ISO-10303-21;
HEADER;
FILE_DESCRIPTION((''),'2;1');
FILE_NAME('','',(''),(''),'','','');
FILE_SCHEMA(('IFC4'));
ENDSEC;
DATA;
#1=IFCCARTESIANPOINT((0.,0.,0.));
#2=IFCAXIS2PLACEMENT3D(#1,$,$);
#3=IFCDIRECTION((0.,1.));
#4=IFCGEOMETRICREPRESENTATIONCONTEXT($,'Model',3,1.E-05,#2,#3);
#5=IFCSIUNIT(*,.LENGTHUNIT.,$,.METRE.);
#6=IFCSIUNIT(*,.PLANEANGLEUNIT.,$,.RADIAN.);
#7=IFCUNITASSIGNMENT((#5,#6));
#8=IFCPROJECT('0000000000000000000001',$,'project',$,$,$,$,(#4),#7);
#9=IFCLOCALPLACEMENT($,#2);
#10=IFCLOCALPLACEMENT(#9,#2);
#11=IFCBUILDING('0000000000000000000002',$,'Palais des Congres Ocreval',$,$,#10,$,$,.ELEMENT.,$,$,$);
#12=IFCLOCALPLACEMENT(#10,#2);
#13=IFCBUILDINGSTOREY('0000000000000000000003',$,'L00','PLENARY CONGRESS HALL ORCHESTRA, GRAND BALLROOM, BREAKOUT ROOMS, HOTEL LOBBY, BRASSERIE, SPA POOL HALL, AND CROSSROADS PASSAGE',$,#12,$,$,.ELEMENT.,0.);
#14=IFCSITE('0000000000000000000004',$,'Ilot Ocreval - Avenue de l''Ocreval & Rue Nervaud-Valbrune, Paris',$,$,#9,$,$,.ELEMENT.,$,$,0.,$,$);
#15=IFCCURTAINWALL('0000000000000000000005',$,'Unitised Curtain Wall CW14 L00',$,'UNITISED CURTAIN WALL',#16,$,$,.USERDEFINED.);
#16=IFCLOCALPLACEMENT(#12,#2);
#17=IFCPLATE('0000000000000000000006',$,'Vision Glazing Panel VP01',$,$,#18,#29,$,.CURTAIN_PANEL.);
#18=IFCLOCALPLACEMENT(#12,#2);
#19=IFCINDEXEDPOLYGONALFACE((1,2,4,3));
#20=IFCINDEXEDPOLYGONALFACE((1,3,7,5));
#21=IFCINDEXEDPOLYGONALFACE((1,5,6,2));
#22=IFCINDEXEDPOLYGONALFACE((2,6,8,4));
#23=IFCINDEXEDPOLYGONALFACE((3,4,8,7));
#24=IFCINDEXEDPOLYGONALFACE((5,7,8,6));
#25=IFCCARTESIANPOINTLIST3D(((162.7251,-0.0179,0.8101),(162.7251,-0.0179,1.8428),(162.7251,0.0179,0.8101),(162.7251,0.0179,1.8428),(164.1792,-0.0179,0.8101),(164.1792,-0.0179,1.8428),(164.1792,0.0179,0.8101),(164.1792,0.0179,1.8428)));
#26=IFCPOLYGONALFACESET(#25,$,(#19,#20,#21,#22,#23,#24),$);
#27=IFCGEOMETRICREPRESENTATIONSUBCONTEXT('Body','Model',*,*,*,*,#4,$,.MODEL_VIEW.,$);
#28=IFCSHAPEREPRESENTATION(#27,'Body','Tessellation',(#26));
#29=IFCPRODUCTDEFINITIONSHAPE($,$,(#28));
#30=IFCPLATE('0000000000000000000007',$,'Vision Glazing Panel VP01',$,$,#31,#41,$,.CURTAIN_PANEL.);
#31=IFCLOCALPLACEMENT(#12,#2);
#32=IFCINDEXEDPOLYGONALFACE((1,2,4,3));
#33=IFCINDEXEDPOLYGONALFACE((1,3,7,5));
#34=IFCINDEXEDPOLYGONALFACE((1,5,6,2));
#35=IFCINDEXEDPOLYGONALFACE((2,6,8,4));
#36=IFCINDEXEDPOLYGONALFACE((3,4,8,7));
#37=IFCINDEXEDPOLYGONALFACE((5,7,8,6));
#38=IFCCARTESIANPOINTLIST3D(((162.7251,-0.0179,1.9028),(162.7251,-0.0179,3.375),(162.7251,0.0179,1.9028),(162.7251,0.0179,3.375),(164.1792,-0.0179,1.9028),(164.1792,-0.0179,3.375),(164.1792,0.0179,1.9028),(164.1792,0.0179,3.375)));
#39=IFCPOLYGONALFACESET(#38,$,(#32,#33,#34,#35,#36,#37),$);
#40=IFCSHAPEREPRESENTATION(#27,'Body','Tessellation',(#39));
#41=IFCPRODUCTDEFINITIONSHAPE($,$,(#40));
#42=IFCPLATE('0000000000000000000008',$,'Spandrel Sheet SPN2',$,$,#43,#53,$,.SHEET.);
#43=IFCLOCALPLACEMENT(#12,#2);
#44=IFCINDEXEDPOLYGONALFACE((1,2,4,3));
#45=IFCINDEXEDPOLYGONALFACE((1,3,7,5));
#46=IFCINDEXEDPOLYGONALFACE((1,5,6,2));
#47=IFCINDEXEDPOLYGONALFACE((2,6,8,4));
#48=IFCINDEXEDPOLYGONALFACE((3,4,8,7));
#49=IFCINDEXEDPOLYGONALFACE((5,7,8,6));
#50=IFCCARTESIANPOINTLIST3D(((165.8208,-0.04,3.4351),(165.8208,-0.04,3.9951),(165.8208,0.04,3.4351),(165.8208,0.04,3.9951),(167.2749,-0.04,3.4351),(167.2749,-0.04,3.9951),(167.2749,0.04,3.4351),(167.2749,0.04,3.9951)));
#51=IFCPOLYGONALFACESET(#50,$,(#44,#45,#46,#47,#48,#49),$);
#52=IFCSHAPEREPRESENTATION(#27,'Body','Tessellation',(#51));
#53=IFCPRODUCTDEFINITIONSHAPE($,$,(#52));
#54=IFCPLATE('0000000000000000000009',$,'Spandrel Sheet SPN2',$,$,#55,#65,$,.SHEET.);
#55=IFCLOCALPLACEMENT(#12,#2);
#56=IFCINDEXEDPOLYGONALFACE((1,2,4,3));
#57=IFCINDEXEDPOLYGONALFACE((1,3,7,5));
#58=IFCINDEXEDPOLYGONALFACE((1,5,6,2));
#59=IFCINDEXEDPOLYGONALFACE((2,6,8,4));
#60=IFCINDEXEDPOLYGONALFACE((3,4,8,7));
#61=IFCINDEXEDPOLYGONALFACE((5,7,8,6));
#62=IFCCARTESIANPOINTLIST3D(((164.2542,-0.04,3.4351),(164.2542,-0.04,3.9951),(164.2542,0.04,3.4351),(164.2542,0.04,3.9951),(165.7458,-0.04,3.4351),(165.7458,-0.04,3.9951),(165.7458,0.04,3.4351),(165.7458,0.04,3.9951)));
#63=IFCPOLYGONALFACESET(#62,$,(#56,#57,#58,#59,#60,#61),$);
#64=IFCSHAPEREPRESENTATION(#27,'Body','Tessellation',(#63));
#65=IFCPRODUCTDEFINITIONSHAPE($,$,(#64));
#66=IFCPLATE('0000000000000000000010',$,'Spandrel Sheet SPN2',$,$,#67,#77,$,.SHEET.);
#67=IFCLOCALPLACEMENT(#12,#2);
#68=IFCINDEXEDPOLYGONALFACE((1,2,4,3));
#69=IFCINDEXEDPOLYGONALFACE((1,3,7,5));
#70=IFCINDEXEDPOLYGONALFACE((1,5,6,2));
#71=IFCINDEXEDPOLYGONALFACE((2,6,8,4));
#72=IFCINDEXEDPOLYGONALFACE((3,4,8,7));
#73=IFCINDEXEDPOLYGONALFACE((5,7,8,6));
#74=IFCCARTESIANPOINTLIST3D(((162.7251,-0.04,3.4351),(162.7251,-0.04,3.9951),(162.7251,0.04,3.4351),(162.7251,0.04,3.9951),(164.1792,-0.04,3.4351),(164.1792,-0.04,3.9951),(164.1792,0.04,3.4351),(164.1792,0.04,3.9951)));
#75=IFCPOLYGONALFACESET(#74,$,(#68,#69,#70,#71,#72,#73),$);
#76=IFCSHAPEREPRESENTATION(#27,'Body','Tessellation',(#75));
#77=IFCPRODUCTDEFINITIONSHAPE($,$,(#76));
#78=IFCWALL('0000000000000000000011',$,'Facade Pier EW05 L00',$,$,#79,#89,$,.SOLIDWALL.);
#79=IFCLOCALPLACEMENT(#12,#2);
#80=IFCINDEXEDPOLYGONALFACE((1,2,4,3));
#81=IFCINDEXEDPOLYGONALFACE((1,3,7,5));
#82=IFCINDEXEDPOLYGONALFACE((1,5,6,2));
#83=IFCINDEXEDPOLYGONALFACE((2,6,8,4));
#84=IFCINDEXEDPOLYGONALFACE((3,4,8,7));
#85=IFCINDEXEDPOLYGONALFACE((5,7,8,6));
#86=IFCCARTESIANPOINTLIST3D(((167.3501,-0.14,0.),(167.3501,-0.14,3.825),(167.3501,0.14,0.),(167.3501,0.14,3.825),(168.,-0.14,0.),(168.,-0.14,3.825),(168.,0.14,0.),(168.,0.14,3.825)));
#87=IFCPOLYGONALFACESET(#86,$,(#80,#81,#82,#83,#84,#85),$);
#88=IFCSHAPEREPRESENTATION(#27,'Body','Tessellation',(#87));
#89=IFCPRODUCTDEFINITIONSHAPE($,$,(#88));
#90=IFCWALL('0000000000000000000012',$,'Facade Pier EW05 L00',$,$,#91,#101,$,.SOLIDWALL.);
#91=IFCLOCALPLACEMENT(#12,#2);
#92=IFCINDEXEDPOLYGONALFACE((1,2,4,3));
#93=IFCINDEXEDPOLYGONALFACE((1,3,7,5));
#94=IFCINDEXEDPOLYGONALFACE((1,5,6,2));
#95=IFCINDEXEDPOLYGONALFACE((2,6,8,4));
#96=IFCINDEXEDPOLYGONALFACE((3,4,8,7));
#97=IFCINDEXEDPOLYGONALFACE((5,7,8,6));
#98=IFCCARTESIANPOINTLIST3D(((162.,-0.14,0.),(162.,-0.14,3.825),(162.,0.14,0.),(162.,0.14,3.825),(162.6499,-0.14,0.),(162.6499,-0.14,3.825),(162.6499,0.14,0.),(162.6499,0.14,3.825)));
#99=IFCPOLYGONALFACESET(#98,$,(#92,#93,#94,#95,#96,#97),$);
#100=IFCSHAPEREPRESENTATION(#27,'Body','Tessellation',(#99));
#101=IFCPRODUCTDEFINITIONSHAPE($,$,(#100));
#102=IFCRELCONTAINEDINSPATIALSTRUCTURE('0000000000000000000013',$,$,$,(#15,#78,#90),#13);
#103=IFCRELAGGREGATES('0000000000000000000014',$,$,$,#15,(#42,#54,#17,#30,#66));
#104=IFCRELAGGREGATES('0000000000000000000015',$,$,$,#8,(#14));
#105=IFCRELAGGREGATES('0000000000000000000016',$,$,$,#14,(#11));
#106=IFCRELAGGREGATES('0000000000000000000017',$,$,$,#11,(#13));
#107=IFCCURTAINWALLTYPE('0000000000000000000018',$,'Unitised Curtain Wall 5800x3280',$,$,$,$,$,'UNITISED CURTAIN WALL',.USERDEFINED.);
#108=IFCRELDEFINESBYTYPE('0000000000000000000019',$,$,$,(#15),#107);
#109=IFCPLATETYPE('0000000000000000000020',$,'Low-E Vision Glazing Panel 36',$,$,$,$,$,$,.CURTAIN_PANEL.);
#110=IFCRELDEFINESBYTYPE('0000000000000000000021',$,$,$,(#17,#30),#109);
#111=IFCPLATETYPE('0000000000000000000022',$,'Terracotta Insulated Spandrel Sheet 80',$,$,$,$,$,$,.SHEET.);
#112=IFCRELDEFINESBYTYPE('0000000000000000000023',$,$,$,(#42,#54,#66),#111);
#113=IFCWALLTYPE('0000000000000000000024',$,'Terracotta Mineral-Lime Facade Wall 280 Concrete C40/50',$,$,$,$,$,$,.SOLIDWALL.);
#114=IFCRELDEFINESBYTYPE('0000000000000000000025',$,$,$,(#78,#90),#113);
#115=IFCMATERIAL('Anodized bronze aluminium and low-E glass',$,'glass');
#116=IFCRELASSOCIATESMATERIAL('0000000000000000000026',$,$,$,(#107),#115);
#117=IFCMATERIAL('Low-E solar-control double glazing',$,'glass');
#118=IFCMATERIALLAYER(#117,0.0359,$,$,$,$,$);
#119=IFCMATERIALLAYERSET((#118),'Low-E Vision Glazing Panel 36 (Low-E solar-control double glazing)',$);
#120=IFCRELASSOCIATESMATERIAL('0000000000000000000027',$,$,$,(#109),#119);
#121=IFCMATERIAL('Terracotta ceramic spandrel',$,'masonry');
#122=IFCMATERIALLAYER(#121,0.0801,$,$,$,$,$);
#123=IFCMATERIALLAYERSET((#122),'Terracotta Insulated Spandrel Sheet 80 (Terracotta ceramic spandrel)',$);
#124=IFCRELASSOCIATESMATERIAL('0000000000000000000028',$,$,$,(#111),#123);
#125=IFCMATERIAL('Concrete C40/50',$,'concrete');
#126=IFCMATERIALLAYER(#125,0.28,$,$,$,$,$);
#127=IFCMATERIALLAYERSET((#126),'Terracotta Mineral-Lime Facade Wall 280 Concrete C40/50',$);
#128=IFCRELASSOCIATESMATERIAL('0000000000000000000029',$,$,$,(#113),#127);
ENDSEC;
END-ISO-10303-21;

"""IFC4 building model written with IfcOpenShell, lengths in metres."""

from ifc_helpers import new_model, si_unit, direction, frame, frame_2d, origin, origin_2d, place, context, subcontext, project, spatial, rectangle, extrude, material, layer, layer_set, type_object, element, aggregate, save


model = new_model("IFC4")

# Units and contexts
model_context = context("Model", 3, precision=1e-05, world=origin(), true_north=direction((0.0, 1.0)))
body_context = subcontext(model_context, "Body", "Model", "MODEL_VIEW")
ifc_project = project(units=[si_unit("LENGTHUNIT", "METRE"), si_unit("PLANEANGLEUNIT", "RADIAN")], contexts=[model_context])

# Site, building, storey
site_placement = place(None, origin())
site = spatial("IfcSite", under=ifc_project, at=site_placement, Name="Ilot Ocreval - Avenue de l'Ocreval & Rue Nervaud-Valbrune, Paris", CompositionType="ELEMENT", RefElevation=0.0)
building_placement = place(site_placement, origin())
building = spatial("IfcBuilding", under=site, at=building_placement, Name="Palais des Congres Ocreval", CompositionType="ELEMENT")
storey_placement = place(building_placement, origin())
storey = spatial("IfcBuildingStorey", under=building, at=storey_placement, Name="L00", Description="PLENARY CONGRESS HALL ORCHESTRA, GRAND BALLROOM, BREAKOUT ROOMS, HOTEL LOBBY, BRASSERIE, SPA POOL HALL, AND CROSSROADS PASSAGE", CompositionType="ELEMENT", Elevation=0.0)

# Curtain wall
ifc_material_1 = material(Name="Anodized bronze aluminium and low-E glass", Category="glass")
curtain_wall_type = type_object("IfcCurtainWallType", Name="Unitised Curtain Wall 5800x3280", ElementType="UNITISED CURTAIN WALL", PredefinedType="USERDEFINED", material=ifc_material_1)
curtain_wall_placement = place(storey_placement, origin())
curtain_wall = element("IfcCurtainWall", 1, at=curtain_wall_placement, inside=storey, type_object=curtain_wall_type, Name="Unitised Curtain Wall CW14 L00", ObjectType="UNITISED CURTAIN WALL", PredefinedType="USERDEFINED")

# Plates
ifc_material_2 = material(Name="Low-E solar-control double glazing", Category="glass")
ifc_layer_1 = layer(ifc_material_2, 0.0359)
ifc_layer_set_1 = layer_set([ifc_layer_1], Name="Low-E Vision Glazing Panel 36 (Low-E solar-control double glazing)")
plate_type_1 = type_object("IfcPlateType", Name="Low-E Vision Glazing Panel 36", PredefinedType="CURTAIN_PANEL", material=ifc_layer_set_1)
plate_1_placement = place(storey_placement, frame((163.4521, 0.0, 0.8101), z_axis=(0.0, 0.0, 1.0), x_axis=(-1.0, 0.0, 0.0)))
plate_1 = element("IfcPlate", 2, at=plate_1_placement, type_object=plate_type_1, Name="Vision Glazing Panel VP01", PredefinedType="CURTAIN_PANEL", context=body_context, shape_type="SweptSolid", body=[
    extrude(rectangle(XDim=1.4541, YDim=0.0359, at=origin_2d()), origin(), (0.0, 0.0, 1.0), 1.0327),
])
plate_2_placement = place(storey_placement, frame((163.4521, 0.0, 1.9028), z_axis=(0.0, 0.0, 1.0), x_axis=(-1.0, 0.0, 0.0)))
plate_2 = element("IfcPlate", 3, at=plate_2_placement, type_object=plate_type_1, Name="Vision Glazing Panel VP01", PredefinedType="CURTAIN_PANEL", context=body_context, shape_type="SweptSolid", body=[
    extrude(rectangle(XDim=1.4541, YDim=0.0359, at=origin_2d()), origin(), (0.0, 0.0, 1.0), 1.4722),
])
ifc_material_3 = material(Name="Terracotta ceramic spandrel", Category="masonry")
ifc_layer_2 = layer(ifc_material_3, 0.0801)
ifc_layer_set_2 = layer_set([ifc_layer_2], Name="Terracotta Insulated Spandrel Sheet 80 (Terracotta ceramic spandrel)")
plate_type_2 = type_object("IfcPlateType", Name="Terracotta Insulated Spandrel Sheet 80", PredefinedType="SHEET", material=ifc_layer_set_2)
plate_3_placement = place(storey_placement, frame((166.5479, 0.0, 3.4351), z_axis=(0.0, 0.0, 1.0), x_axis=(-1.0, 0.0, 0.0)))
plate_3 = element("IfcPlate", 4, at=plate_3_placement, type_object=plate_type_2, Name="Spandrel Sheet SPN2", PredefinedType="SHEET", context=body_context, shape_type="SweptSolid", body=[
    extrude(rectangle(XDim=1.4541, YDim=0.0801, at=origin_2d()), origin(), (0.0, 0.0, 1.0), 0.5601),
])
plate_4_placement = place(storey_placement, frame((165.0, 0.0, 3.4351), z_axis=(0.0, 0.0, 1.0), x_axis=(-1.0, 0.0, 0.0)))
plate_4 = element("IfcPlate", 5, at=plate_4_placement, type_object=plate_type_2, Name="Spandrel Sheet SPN2", PredefinedType="SHEET", context=body_context, shape_type="SweptSolid", body=[
    extrude(rectangle(XDim=1.4917, YDim=0.0801, at=origin_2d()), origin(), (0.0, 0.0, 1.0), 0.5601),
])
plate_5_placement = place(storey_placement, frame((163.4521, 0.0, 3.4351), z_axis=(0.0, 0.0, 1.0), x_axis=(-1.0, 0.0, 0.0)))
plate_5 = element("IfcPlate", 6, at=plate_5_placement, type_object=plate_type_2, Name="Spandrel Sheet SPN2", PredefinedType="SHEET", context=body_context, shape_type="SweptSolid", body=[
    extrude(rectangle(XDim=1.4541, YDim=0.0801, at=origin_2d()), origin(), (0.0, 0.0, 1.0), 0.5601),
])
aggregate(curtain_wall, [plate_3, plate_4, plate_1, plate_2, plate_5])

# Walls
ifc_material_4 = material(Name="Concrete C40/50", Category="concrete")
ifc_layer_3 = layer(ifc_material_4, 0.28)
ifc_layer_set_3 = layer_set([ifc_layer_3], Name="Terracotta Mineral-Lime Facade Wall 280 Concrete C40/50")
wall_type = type_object("IfcWallType", Name="Terracotta Mineral-Lime Facade Wall 280 Concrete C40/50", PredefinedType="SOLIDWALL", material=ifc_layer_set_3)
for number, where, z_axis, x_axis, name in (
    (7, (168.0, 0.0, 0.0), (0.0, 0.0, 1.0), (-1.0, 0.0, 0.0), "Facade Pier EW05 L00"),
    (8, (162.6499, 0.0, 0.0), (0.0, 0.0, 1.0), (-1.0, 0.0, 0.0), "Facade Pier EW05 L00"),
):
    element("IfcWall", number, at=place(storey_placement, frame(where, z_axis=z_axis, x_axis=x_axis)), inside=storey, type_object=wall_type, Name=name, PredefinedType="SOLIDWALL", context=body_context, shape_type="SweptSolid", body=[
        extrude(rectangle(XDim=0.6499, YDim=0.28, at=frame_2d((0.325, 0.0))), origin(), (0.0, 0.0, 1.0), 3.825),
    ])

save(model, "model.ifc")
